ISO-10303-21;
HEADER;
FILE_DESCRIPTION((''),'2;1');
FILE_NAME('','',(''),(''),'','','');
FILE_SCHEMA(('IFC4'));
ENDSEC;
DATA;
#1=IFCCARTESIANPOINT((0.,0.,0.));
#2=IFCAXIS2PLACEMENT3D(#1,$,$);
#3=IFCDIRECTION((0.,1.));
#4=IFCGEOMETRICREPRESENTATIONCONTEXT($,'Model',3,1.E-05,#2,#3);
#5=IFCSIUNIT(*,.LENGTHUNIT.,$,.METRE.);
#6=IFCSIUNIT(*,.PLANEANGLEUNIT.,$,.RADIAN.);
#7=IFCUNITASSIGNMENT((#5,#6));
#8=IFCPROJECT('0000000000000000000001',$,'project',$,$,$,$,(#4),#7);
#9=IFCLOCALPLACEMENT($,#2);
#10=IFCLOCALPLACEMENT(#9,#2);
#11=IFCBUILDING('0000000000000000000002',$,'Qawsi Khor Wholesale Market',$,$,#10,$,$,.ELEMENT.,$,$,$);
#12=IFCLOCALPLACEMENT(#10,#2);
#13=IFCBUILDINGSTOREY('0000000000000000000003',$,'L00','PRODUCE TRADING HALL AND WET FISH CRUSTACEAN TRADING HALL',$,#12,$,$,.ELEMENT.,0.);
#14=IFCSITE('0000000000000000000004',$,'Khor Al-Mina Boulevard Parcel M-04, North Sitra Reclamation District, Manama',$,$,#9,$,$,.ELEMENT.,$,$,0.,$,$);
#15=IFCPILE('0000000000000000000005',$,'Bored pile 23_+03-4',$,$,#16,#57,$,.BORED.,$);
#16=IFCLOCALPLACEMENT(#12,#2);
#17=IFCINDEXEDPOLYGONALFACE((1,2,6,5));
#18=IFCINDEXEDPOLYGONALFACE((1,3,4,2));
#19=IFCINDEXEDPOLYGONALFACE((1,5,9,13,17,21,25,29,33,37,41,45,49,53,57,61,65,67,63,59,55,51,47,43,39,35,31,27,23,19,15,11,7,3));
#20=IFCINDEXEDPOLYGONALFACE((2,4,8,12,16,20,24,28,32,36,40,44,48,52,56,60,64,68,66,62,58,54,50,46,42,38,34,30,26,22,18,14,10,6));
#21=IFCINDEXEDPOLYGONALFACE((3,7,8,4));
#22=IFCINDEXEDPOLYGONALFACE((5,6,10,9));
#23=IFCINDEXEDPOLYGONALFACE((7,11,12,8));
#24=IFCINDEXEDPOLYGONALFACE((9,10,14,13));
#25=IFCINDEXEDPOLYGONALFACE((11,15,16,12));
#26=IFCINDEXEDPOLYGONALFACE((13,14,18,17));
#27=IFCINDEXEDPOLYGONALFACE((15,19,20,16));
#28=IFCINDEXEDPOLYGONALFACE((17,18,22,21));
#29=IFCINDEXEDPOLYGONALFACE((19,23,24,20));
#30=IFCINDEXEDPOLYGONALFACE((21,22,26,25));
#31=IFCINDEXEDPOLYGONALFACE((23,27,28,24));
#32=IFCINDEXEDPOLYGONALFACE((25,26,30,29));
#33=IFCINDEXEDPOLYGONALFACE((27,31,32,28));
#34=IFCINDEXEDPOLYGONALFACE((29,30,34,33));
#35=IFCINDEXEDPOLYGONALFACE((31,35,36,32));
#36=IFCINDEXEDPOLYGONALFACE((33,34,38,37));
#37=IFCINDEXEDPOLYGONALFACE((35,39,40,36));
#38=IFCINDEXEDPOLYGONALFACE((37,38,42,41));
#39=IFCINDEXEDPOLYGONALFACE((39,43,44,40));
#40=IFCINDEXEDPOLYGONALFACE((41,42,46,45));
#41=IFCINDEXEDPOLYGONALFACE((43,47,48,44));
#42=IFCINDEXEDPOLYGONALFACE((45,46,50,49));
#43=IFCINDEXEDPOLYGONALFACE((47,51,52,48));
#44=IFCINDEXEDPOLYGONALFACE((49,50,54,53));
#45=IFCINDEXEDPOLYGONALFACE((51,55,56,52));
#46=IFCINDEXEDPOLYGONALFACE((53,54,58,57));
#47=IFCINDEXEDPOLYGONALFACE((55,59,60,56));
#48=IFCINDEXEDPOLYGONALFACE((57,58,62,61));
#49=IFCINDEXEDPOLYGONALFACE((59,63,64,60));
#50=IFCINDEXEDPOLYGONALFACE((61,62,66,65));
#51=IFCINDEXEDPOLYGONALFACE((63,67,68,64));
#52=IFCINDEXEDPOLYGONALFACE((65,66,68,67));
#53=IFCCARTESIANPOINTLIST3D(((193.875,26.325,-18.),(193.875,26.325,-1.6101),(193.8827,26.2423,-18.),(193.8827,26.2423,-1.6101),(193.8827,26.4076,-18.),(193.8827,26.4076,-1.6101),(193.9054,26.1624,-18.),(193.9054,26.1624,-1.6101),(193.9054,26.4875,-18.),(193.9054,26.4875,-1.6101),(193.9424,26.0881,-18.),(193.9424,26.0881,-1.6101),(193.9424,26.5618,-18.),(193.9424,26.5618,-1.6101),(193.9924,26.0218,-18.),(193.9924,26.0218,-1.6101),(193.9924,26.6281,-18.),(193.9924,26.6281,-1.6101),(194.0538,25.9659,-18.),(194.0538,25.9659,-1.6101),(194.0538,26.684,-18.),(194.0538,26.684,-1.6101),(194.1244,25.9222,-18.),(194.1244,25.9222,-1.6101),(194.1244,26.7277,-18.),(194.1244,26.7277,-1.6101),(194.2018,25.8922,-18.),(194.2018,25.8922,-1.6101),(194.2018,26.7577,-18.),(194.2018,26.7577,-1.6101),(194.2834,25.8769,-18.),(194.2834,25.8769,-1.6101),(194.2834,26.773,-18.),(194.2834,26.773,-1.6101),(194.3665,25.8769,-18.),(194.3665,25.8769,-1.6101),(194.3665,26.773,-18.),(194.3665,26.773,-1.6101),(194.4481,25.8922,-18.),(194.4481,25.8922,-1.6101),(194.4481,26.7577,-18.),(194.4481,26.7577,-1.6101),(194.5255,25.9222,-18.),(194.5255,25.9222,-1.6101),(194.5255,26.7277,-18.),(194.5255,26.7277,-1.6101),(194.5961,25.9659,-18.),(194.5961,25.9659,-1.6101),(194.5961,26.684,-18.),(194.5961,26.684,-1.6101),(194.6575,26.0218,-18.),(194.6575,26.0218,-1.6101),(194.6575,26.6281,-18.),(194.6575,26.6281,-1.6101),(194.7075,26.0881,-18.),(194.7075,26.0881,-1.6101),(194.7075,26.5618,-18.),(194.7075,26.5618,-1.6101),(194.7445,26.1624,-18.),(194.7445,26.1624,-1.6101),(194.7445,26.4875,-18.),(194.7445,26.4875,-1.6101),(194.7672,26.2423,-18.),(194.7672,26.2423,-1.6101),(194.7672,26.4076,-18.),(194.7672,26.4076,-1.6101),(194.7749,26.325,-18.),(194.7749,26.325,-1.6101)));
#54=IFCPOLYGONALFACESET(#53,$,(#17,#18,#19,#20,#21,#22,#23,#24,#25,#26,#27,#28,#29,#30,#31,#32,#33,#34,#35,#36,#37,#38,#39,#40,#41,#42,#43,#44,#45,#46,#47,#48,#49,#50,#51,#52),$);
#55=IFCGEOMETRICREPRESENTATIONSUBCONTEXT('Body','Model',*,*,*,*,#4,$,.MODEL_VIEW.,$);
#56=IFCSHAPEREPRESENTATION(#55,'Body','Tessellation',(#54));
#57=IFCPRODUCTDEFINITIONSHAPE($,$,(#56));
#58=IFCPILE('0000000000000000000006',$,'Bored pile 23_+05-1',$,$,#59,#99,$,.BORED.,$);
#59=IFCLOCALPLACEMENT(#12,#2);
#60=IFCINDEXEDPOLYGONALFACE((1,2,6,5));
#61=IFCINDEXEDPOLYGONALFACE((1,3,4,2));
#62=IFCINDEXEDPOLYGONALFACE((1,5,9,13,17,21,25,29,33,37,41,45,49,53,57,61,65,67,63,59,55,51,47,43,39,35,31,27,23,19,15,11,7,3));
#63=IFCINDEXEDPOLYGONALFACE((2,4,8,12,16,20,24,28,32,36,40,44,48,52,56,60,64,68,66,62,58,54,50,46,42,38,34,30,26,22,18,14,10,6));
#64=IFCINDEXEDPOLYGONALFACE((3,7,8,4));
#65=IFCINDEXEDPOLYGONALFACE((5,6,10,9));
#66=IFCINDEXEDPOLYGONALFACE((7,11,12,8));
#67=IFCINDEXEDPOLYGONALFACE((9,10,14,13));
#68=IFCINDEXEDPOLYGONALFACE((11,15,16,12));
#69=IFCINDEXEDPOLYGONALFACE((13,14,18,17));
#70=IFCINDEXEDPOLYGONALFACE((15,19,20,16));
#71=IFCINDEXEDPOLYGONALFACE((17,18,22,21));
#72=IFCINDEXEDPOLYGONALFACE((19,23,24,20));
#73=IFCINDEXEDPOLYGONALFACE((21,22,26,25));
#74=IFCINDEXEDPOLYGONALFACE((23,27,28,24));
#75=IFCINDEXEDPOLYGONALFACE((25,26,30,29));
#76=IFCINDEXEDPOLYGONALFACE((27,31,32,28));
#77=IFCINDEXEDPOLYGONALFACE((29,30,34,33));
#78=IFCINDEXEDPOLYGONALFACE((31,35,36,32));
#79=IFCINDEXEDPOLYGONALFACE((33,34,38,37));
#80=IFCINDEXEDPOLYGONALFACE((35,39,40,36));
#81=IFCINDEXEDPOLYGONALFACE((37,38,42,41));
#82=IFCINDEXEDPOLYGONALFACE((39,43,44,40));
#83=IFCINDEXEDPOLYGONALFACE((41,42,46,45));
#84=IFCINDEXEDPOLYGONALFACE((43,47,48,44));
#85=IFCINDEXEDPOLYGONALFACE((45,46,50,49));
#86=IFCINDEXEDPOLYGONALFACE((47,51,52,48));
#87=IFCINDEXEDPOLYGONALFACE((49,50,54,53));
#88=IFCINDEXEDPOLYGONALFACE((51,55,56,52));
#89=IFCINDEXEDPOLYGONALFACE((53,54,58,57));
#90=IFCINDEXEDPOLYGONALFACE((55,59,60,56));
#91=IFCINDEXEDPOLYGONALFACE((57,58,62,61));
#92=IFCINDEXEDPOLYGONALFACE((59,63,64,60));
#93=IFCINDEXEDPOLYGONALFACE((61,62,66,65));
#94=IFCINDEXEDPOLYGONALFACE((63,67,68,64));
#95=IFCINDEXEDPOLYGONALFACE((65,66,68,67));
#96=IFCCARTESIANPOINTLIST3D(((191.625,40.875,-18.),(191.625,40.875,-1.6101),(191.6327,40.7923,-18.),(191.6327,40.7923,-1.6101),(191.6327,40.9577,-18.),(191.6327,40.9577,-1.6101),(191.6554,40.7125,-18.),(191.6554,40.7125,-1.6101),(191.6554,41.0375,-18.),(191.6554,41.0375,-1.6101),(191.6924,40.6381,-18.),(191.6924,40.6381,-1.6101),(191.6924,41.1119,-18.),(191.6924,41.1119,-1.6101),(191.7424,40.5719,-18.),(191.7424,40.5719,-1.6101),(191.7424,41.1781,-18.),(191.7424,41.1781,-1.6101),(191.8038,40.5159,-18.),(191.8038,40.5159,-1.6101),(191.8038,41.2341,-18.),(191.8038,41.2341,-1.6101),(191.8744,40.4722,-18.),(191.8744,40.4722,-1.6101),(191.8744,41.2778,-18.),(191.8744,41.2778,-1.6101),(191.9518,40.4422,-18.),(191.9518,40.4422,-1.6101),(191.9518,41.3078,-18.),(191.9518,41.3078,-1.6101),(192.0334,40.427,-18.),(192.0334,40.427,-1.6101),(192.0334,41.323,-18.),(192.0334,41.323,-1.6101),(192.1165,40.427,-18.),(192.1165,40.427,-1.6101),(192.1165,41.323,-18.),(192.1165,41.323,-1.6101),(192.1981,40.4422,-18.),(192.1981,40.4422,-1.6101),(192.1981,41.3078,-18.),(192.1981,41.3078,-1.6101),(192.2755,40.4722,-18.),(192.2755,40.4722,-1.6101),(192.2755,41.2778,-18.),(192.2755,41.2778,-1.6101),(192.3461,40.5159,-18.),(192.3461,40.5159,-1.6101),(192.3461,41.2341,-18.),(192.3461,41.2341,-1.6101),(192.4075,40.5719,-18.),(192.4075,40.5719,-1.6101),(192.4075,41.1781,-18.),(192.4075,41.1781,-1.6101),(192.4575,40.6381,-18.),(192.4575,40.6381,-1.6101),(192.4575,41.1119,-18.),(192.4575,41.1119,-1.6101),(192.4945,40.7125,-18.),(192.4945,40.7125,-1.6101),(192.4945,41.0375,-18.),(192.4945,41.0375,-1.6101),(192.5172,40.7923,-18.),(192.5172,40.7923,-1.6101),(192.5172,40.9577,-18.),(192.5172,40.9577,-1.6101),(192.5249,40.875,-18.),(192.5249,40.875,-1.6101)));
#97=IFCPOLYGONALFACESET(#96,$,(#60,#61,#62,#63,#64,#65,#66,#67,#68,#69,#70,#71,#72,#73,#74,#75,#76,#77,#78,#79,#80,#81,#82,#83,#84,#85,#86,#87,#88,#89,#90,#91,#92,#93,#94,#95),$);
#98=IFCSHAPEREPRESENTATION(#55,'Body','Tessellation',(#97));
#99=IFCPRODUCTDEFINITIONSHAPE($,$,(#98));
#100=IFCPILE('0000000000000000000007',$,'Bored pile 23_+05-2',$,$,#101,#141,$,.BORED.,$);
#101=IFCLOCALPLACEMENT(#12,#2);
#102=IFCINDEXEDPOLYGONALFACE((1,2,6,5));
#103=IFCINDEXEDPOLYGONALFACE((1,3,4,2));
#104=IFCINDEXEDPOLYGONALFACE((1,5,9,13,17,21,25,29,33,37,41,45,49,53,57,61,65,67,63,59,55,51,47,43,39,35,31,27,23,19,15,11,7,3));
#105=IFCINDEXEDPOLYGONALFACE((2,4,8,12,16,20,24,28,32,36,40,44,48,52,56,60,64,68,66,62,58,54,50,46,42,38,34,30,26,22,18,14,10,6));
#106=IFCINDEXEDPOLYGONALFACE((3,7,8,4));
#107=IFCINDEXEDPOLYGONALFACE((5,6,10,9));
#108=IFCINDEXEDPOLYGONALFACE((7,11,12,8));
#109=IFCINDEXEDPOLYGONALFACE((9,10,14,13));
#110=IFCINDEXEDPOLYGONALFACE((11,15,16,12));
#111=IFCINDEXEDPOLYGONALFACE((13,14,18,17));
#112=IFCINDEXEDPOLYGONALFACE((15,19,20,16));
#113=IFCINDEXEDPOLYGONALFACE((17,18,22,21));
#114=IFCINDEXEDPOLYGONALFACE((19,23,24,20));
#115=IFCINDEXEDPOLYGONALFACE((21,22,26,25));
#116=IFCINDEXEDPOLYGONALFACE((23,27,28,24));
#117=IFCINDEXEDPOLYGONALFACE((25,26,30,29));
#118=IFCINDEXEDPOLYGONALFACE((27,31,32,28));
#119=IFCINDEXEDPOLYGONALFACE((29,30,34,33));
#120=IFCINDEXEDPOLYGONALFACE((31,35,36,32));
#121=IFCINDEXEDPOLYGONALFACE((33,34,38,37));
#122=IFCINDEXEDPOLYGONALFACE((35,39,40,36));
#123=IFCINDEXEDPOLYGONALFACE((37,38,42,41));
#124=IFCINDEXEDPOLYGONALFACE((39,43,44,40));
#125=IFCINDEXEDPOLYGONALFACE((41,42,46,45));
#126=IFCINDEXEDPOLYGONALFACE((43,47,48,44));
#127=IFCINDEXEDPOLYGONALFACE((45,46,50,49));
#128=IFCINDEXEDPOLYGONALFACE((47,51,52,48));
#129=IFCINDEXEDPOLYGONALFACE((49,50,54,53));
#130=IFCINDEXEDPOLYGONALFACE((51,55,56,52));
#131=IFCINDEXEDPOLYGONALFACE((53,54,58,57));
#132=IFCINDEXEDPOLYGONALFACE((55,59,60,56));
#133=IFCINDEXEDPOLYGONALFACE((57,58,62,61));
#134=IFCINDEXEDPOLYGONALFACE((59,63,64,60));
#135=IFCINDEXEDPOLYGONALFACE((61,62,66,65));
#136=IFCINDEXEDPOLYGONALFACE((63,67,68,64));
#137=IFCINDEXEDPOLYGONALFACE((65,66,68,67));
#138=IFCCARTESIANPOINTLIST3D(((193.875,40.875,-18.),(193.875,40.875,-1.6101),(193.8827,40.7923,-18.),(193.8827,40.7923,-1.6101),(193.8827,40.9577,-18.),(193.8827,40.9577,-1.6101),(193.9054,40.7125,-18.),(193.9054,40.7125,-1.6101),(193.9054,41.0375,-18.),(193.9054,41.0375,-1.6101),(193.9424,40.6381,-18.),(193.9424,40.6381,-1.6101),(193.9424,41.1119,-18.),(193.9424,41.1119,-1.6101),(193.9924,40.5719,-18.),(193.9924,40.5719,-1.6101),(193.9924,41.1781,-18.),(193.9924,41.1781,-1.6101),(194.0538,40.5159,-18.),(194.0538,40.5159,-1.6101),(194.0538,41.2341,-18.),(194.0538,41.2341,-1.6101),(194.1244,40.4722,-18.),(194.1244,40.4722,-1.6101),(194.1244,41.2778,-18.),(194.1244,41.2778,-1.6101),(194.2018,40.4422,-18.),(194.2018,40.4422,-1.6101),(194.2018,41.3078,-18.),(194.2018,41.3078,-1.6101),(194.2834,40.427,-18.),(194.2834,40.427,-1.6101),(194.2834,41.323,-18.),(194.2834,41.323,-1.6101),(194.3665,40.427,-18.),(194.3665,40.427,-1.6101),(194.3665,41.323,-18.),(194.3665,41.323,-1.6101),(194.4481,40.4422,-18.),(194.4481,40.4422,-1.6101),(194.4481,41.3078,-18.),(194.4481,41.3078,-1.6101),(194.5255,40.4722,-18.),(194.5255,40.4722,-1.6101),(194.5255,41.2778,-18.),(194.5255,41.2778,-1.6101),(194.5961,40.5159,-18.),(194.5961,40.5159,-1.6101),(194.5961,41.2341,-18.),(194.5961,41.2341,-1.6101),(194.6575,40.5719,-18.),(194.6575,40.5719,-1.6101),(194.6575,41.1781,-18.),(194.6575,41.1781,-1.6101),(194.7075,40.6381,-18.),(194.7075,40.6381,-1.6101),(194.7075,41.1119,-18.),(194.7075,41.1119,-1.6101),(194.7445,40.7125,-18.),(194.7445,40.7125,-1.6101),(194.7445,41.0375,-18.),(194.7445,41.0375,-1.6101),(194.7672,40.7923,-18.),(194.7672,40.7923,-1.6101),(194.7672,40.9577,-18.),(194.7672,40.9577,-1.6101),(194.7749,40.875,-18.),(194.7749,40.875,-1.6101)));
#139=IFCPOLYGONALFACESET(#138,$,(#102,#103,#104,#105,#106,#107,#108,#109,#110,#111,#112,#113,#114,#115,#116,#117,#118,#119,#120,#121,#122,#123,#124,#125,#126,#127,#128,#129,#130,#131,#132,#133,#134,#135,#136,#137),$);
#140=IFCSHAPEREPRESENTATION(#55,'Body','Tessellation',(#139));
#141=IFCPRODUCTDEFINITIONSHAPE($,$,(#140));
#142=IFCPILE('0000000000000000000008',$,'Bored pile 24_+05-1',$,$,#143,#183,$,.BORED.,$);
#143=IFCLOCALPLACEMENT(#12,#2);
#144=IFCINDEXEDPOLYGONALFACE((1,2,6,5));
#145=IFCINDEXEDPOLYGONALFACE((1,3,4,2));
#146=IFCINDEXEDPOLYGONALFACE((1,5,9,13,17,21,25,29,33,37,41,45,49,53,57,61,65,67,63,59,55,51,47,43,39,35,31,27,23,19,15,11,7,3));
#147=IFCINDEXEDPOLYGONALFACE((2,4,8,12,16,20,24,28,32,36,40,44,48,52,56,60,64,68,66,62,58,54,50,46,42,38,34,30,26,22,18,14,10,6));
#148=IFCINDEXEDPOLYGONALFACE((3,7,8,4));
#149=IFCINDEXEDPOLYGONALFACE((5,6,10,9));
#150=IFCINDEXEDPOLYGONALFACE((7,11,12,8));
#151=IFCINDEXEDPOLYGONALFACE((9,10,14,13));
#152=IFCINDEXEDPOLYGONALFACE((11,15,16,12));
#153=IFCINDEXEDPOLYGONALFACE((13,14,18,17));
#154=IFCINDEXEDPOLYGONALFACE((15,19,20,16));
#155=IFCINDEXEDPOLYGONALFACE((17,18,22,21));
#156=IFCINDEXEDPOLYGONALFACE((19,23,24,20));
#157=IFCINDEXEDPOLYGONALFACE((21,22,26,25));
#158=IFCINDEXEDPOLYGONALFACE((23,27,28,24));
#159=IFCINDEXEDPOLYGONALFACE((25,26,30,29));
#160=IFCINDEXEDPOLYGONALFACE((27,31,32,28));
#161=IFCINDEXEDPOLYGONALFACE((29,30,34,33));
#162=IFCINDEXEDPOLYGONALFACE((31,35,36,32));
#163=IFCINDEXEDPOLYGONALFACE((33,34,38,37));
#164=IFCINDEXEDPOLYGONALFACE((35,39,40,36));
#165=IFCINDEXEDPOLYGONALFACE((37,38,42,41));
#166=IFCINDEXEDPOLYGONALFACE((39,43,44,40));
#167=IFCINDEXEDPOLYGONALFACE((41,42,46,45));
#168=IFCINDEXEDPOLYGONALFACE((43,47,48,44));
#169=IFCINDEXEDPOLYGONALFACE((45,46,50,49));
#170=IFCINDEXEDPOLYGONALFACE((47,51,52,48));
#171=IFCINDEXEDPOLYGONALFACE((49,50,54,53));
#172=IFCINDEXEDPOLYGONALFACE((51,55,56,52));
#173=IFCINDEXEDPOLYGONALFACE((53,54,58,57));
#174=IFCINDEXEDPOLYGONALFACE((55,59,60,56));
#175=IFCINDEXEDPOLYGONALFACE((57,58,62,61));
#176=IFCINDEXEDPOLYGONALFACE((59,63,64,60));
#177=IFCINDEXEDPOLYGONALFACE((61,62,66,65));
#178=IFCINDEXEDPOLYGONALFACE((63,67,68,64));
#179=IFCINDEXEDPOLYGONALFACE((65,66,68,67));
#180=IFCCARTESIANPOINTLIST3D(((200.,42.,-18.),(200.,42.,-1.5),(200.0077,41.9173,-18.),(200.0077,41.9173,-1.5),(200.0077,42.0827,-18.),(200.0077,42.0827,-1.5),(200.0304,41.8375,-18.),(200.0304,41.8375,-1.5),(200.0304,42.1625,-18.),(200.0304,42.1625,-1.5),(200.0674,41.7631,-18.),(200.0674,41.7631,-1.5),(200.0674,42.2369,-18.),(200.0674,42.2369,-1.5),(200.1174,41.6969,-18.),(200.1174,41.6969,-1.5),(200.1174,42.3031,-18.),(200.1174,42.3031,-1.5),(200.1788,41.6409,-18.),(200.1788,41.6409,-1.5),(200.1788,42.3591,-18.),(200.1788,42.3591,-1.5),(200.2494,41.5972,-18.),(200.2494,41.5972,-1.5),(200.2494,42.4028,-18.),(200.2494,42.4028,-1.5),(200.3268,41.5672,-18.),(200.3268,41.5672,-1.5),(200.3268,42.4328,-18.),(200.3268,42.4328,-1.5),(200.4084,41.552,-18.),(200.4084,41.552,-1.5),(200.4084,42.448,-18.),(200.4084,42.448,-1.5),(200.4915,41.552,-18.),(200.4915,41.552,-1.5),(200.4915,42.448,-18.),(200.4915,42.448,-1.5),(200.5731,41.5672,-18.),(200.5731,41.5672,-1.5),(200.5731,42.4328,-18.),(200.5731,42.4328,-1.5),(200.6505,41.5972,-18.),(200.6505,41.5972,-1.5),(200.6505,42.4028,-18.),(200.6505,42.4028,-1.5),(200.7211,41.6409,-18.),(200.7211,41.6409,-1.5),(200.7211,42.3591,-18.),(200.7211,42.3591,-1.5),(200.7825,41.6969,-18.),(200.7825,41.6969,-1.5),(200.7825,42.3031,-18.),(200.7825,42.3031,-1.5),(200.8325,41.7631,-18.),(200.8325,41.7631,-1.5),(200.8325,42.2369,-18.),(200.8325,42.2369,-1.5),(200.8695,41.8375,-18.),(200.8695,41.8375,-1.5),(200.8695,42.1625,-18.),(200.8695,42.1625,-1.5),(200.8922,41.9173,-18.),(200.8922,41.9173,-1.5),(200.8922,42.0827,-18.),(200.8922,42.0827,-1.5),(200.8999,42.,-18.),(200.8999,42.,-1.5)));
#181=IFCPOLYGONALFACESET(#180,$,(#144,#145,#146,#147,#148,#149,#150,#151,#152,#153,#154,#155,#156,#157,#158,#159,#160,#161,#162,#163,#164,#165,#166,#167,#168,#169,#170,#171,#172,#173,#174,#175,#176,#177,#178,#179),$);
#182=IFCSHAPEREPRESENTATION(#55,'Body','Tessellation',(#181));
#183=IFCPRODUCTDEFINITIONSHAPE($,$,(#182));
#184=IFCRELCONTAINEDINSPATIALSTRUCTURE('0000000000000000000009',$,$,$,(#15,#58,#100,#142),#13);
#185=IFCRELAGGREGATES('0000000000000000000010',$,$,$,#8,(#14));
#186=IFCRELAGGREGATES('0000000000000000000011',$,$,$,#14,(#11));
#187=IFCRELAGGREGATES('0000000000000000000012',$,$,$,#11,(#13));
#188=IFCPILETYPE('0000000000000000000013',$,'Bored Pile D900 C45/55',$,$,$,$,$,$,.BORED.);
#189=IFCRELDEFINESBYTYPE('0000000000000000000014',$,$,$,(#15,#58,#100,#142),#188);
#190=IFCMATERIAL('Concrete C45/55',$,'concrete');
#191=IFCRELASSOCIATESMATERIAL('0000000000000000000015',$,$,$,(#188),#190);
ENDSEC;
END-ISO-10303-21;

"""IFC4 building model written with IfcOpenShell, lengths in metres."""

from ifc_helpers import new_model, si_unit, direction, frame, origin, origin_2d, place, context, subcontext, project, spatial, circle, extrude, material, material_profile, profile_set, type_object, element, save


model = new_model("IFC4")

# Units and contexts
model_context = context("Model", 3, precision=1e-05, world=origin(), true_north=direction((0.0, 1.0)))
body_context = subcontext(model_context, "Body", "Model", "MODEL_VIEW")
ifc_project = project(units=[si_unit("LENGTHUNIT", "METRE"), si_unit("PLANEANGLEUNIT", "RADIAN")], contexts=[model_context])

# Site, building, storey
site_placement = place(None, origin())
site = spatial("IfcSite", under=ifc_project, at=site_placement, Name="Khor Al-Mina Boulevard Parcel M-04, North Sitra Reclamation District, Manama", CompositionType="ELEMENT", RefElevation=0.0)
building_placement = place(site_placement, origin())
building = spatial("IfcBuilding", under=site, at=building_placement, Name="Qawsi Khor Wholesale Market", CompositionType="ELEMENT")
storey_placement = place(building_placement, origin())
storey = spatial("IfcBuildingStorey", under=building, at=storey_placement, Name="L00", Description="PRODUCE TRADING HALL AND WET FISH CRUSTACEAN TRADING HALL", CompositionType="ELEMENT", Elevation=0.0)

# Piles
ifc_material_1 = material(Name="Concrete C45/55", Category="concrete")
ifc_material_profile_1 = material_profile(ifc_material_1, circle(Radius=0.45, at=origin_2d()), Name="PILE D900")
ifc_profile_set_1 = profile_set([ifc_material_profile_1], Name="Concrete C45/55")
pile_type = type_object("IfcPileType", Name="Bored Pile D900 C45/55", PredefinedType="BORED", material=ifc_profile_set_1)
for number, where, z_axis, x_axis, name in (
    (1, (194.325, 26.325, -1.6101), (0.0, 0.0, -1.0), (1.0, 0.0, 0.0), "Bored pile 23_+03-4"),
    (2, (192.075, 40.875, -1.6101), (0.0, 0.0, -1.0), (1.0, 0.0, 0.0), "Bored pile 23_+05-1"),
    (3, (194.325, 40.875, -1.6101), (0.0, 0.0, -1.0), (1.0, 0.0, 0.0), "Bored pile 23_+05-2"),
):
    element("IfcPile", number, at=place(storey_placement, frame(where, z_axis=z_axis, x_axis=x_axis)), inside=storey, type_object=pile_type, Name=name, PredefinedType="BORED", context=body_context, shape_type="SweptSolid", body=[
        extrude(circle(Radius=0.45, at=origin_2d()), origin(), (0.0, 0.0, 1.0), 16.3899),
    ])
for number, where, z_axis, x_axis, name in (
    (4, (200.45, 42.0, -1.5), (0.0, 0.0, -1.0), (1.0, 0.0, 0.0), "Bored pile 24_+05-1"),
):
    element("IfcPile", number, at=place(storey_placement, frame(where, z_axis=z_axis, x_axis=x_axis)), inside=storey, type_object=pile_type, Name=name, PredefinedType="BORED", context=body_context, shape_type="SweptSolid", body=[
        extrude(circle(Radius=0.45, at=origin_2d()), origin(), (0.0, 0.0, 1.0), 16.5),
    ])

save(model, "model.ifc")
